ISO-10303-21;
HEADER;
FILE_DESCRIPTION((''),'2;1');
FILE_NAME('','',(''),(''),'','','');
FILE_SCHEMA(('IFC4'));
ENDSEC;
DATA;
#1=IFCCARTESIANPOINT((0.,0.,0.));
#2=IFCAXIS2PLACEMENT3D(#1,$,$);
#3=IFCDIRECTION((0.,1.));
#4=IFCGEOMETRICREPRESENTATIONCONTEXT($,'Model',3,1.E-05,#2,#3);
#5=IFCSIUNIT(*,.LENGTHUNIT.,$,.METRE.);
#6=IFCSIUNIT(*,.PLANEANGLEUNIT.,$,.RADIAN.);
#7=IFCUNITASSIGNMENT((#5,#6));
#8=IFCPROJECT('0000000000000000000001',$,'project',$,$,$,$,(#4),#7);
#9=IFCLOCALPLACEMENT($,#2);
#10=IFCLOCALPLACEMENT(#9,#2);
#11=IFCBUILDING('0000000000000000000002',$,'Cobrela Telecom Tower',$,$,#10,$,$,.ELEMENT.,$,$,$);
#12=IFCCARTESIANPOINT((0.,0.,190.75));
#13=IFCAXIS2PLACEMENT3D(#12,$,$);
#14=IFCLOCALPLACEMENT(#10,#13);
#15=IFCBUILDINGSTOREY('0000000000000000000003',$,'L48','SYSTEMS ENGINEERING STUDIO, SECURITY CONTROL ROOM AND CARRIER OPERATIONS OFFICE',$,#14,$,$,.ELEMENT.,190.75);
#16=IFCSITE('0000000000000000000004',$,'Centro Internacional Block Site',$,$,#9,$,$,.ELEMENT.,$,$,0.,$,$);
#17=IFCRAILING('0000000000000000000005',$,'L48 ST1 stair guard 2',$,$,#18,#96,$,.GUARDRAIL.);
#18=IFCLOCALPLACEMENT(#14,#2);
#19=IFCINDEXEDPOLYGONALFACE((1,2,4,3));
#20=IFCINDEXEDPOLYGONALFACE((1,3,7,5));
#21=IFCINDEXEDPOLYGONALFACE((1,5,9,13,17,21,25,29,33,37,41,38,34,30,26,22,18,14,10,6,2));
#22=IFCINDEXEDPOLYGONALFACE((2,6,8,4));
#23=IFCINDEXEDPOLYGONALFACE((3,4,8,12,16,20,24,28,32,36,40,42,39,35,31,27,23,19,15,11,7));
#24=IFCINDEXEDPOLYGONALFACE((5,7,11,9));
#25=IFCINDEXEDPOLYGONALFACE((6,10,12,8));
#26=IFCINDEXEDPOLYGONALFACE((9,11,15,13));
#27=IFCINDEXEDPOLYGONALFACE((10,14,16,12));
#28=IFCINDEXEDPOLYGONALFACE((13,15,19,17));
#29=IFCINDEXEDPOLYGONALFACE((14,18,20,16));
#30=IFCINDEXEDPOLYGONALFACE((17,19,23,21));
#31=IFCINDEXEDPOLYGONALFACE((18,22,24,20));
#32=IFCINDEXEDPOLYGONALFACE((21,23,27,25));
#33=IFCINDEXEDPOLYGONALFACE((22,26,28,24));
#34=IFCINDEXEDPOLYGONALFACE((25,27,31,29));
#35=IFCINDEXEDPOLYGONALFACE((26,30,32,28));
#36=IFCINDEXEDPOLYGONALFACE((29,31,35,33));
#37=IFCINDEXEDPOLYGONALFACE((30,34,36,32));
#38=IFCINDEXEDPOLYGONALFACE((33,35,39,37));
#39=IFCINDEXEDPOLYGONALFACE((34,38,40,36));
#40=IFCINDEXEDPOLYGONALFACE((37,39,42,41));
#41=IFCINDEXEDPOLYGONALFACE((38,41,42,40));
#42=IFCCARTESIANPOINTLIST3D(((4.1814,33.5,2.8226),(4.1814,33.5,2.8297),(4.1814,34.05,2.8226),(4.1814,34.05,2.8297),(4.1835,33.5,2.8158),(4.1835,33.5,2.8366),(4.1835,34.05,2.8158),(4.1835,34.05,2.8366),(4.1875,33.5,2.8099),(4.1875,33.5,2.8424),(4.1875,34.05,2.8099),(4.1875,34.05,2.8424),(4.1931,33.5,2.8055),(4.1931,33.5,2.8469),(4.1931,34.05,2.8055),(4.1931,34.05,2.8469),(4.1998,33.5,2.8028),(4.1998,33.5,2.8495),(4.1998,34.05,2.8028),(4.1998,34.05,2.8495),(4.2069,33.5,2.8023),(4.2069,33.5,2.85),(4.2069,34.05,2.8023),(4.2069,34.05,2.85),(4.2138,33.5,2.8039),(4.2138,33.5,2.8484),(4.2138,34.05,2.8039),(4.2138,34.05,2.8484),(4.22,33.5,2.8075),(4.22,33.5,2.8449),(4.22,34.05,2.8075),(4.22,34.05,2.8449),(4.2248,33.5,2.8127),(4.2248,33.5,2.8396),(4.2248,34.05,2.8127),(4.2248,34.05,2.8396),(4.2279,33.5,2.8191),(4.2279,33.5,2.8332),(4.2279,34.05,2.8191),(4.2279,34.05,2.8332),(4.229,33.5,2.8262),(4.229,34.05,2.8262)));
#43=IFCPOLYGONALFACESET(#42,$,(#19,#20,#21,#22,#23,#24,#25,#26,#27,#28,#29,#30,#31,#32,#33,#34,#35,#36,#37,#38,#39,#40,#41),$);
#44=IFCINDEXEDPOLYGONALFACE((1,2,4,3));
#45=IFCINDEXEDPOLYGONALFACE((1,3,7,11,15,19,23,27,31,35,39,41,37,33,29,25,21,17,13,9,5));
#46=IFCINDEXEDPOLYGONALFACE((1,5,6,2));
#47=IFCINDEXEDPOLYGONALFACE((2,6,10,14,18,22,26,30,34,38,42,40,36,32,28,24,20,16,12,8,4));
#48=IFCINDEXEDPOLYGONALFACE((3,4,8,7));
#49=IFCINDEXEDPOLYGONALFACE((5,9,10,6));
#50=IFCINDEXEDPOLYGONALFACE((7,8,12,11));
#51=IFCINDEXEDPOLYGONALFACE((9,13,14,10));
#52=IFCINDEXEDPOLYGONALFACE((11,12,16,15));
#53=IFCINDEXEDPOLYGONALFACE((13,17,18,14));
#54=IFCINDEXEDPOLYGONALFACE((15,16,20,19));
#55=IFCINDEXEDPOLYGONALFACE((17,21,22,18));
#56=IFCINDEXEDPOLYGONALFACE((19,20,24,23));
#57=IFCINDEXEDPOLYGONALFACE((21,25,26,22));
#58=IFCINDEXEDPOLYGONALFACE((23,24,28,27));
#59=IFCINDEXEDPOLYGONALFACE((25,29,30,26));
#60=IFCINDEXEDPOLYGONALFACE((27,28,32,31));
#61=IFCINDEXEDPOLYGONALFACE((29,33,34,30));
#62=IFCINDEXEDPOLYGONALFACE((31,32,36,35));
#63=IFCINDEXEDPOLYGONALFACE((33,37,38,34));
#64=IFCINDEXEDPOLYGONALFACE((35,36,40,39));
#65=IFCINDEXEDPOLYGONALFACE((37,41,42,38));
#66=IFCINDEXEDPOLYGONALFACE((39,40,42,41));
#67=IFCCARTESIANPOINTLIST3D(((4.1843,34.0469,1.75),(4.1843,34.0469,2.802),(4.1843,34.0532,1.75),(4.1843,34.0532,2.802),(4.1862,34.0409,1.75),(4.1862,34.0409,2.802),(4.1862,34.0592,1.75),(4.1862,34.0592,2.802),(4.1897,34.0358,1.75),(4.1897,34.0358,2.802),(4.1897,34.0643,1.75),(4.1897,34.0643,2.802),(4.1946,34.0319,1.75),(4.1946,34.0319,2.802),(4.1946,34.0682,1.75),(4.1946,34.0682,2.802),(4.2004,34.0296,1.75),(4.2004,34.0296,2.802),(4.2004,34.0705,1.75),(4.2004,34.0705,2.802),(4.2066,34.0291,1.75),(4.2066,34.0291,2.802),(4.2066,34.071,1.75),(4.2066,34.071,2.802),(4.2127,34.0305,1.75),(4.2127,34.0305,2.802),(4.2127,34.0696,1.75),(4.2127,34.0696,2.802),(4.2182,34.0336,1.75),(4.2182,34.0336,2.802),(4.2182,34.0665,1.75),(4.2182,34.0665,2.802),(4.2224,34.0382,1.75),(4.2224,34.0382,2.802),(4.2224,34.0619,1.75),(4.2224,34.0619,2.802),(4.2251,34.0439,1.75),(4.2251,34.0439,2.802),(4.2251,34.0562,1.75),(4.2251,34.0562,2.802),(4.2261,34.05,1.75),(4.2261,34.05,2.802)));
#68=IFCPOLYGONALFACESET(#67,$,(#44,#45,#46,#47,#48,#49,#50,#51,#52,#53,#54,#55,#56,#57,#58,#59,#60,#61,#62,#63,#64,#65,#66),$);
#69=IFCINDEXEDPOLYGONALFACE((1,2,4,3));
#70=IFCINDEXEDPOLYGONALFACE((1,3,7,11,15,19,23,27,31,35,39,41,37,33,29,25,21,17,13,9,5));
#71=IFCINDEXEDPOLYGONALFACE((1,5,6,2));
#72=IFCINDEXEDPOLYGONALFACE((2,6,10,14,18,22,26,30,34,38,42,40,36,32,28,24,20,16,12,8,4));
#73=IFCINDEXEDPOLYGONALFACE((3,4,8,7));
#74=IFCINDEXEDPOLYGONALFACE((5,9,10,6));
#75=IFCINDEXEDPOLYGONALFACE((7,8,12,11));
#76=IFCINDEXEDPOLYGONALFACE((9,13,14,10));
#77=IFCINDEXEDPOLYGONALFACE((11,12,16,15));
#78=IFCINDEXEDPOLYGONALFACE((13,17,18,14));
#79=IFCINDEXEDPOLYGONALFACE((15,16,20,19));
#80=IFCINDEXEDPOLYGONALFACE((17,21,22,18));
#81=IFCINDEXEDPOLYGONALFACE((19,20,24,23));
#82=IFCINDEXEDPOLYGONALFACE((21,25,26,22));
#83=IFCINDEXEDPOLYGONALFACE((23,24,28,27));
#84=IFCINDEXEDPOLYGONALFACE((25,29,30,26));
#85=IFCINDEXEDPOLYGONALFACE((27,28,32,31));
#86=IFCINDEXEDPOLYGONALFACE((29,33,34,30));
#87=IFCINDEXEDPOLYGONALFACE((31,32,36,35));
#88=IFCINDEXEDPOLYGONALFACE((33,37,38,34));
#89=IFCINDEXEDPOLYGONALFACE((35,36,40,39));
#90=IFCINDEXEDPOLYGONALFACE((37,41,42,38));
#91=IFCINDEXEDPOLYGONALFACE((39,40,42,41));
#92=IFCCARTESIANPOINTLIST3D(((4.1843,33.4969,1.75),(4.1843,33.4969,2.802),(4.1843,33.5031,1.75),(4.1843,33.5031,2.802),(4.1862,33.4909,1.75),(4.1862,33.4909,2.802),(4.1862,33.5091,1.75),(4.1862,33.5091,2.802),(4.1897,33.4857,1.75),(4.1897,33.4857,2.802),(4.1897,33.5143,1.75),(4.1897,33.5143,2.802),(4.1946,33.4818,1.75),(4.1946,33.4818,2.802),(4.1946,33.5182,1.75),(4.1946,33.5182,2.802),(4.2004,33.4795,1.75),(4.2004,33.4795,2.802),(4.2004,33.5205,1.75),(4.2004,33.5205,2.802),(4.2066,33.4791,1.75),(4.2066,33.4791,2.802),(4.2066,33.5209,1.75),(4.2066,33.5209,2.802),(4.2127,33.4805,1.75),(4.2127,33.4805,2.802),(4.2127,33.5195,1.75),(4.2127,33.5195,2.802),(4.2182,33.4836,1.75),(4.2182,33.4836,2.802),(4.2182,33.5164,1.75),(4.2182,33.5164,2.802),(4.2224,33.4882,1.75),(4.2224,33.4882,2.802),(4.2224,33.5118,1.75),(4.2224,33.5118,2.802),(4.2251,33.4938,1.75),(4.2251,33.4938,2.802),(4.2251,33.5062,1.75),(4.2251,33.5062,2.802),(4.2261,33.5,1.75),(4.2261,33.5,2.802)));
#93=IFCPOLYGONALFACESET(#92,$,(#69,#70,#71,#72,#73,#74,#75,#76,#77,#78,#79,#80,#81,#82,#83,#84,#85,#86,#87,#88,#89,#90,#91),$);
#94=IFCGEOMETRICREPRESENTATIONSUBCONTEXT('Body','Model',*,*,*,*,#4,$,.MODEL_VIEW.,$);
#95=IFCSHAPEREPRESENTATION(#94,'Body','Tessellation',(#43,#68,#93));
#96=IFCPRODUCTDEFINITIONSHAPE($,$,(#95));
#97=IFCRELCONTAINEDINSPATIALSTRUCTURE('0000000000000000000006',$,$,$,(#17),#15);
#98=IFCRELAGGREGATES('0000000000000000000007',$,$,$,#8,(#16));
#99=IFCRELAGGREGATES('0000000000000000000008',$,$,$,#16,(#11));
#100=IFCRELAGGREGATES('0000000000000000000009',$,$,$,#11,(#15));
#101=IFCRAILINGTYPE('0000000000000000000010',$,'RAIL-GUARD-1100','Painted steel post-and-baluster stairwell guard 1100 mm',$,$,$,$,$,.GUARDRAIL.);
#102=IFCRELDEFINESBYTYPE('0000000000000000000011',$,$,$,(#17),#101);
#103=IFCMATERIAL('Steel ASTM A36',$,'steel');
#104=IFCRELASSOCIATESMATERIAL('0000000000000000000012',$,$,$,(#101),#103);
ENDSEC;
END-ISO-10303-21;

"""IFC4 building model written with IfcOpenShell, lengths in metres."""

from ifc_helpers import new_model, si_unit, direction, frame, origin, origin_2d, place, context, subcontext, project, spatial, circle, extrude, material, type_object, element, save


model = new_model("IFC4")

# Units and contexts
model_context = context("Model", 3, precision=1e-05, world=origin(), true_north=direction((0.0, 1.0)))
body_context = subcontext(model_context, "Body", "Model", "MODEL_VIEW")
ifc_project = project(units=[si_unit("LENGTHUNIT", "METRE"), si_unit("PLANEANGLEUNIT", "RADIAN")], contexts=[model_context])

# Site, building, storey
site_placement = place(None, origin())
site = spatial("IfcSite", under=ifc_project, at=site_placement, Name="Centro Internacional Block Site", CompositionType="ELEMENT", RefElevation=0.0)
building_placement = place(site_placement, origin())
building = spatial("IfcBuilding", under=site, at=building_placement, Name="Cobrela Telecom Tower", CompositionType="ELEMENT")
storey_placement = place(building_placement, frame((0.0, 0.0, 190.75)))
storey = spatial("IfcBuildingStorey", under=building, at=storey_placement, Name="L48", Description="SYSTEMS ENGINEERING STUDIO, SECURITY CONTROL ROOM AND CARRIER OPERATIONS OFFICE", CompositionType="ELEMENT", Elevation=190.75)

# Shared definitions
ifc_material_1 = material(Name="Steel ASTM A36", Category="steel")

# Railing
railing_type_1 = type_object("IfcRailingType", Name="RAIL-GUARD-1100", Description="Painted steel post-and-baluster stairwell guard 1100 mm", PredefinedType="GUARDRAIL", material=ifc_material_1)
railing_1_placement = place(storey_placement, frame((4.2051, 34.05, 1.75)))
element("IfcRailing", 1, at=railing_1_placement, inside=storey, type_object=railing_type_1, Name="L48 ST1 stair guard 2", PredefinedType="GUARDRAIL", context=body_context, shape_type="SweptSolid", body=[
    extrude(circle(Radius=0.0239, at=origin_2d()), frame((0.0, 0.0, 1.0762), z_axis=(0.0, -1.0, 0.0), x_axis=(1.0, 0.0, 0.0)), (0.0, 0.0, 1.0), 0.55),
    extrude(circle(Radius=0.021, at=origin_2d()), origin(), (0.0, 0.0, 1.0), 1.052),
    extrude(circle(Radius=0.021, at=origin_2d()), frame((0.0, -0.55, 0.0)), (0.0, 0.0, 1.0), 1.052),
])

save(model, "model.ifc")
